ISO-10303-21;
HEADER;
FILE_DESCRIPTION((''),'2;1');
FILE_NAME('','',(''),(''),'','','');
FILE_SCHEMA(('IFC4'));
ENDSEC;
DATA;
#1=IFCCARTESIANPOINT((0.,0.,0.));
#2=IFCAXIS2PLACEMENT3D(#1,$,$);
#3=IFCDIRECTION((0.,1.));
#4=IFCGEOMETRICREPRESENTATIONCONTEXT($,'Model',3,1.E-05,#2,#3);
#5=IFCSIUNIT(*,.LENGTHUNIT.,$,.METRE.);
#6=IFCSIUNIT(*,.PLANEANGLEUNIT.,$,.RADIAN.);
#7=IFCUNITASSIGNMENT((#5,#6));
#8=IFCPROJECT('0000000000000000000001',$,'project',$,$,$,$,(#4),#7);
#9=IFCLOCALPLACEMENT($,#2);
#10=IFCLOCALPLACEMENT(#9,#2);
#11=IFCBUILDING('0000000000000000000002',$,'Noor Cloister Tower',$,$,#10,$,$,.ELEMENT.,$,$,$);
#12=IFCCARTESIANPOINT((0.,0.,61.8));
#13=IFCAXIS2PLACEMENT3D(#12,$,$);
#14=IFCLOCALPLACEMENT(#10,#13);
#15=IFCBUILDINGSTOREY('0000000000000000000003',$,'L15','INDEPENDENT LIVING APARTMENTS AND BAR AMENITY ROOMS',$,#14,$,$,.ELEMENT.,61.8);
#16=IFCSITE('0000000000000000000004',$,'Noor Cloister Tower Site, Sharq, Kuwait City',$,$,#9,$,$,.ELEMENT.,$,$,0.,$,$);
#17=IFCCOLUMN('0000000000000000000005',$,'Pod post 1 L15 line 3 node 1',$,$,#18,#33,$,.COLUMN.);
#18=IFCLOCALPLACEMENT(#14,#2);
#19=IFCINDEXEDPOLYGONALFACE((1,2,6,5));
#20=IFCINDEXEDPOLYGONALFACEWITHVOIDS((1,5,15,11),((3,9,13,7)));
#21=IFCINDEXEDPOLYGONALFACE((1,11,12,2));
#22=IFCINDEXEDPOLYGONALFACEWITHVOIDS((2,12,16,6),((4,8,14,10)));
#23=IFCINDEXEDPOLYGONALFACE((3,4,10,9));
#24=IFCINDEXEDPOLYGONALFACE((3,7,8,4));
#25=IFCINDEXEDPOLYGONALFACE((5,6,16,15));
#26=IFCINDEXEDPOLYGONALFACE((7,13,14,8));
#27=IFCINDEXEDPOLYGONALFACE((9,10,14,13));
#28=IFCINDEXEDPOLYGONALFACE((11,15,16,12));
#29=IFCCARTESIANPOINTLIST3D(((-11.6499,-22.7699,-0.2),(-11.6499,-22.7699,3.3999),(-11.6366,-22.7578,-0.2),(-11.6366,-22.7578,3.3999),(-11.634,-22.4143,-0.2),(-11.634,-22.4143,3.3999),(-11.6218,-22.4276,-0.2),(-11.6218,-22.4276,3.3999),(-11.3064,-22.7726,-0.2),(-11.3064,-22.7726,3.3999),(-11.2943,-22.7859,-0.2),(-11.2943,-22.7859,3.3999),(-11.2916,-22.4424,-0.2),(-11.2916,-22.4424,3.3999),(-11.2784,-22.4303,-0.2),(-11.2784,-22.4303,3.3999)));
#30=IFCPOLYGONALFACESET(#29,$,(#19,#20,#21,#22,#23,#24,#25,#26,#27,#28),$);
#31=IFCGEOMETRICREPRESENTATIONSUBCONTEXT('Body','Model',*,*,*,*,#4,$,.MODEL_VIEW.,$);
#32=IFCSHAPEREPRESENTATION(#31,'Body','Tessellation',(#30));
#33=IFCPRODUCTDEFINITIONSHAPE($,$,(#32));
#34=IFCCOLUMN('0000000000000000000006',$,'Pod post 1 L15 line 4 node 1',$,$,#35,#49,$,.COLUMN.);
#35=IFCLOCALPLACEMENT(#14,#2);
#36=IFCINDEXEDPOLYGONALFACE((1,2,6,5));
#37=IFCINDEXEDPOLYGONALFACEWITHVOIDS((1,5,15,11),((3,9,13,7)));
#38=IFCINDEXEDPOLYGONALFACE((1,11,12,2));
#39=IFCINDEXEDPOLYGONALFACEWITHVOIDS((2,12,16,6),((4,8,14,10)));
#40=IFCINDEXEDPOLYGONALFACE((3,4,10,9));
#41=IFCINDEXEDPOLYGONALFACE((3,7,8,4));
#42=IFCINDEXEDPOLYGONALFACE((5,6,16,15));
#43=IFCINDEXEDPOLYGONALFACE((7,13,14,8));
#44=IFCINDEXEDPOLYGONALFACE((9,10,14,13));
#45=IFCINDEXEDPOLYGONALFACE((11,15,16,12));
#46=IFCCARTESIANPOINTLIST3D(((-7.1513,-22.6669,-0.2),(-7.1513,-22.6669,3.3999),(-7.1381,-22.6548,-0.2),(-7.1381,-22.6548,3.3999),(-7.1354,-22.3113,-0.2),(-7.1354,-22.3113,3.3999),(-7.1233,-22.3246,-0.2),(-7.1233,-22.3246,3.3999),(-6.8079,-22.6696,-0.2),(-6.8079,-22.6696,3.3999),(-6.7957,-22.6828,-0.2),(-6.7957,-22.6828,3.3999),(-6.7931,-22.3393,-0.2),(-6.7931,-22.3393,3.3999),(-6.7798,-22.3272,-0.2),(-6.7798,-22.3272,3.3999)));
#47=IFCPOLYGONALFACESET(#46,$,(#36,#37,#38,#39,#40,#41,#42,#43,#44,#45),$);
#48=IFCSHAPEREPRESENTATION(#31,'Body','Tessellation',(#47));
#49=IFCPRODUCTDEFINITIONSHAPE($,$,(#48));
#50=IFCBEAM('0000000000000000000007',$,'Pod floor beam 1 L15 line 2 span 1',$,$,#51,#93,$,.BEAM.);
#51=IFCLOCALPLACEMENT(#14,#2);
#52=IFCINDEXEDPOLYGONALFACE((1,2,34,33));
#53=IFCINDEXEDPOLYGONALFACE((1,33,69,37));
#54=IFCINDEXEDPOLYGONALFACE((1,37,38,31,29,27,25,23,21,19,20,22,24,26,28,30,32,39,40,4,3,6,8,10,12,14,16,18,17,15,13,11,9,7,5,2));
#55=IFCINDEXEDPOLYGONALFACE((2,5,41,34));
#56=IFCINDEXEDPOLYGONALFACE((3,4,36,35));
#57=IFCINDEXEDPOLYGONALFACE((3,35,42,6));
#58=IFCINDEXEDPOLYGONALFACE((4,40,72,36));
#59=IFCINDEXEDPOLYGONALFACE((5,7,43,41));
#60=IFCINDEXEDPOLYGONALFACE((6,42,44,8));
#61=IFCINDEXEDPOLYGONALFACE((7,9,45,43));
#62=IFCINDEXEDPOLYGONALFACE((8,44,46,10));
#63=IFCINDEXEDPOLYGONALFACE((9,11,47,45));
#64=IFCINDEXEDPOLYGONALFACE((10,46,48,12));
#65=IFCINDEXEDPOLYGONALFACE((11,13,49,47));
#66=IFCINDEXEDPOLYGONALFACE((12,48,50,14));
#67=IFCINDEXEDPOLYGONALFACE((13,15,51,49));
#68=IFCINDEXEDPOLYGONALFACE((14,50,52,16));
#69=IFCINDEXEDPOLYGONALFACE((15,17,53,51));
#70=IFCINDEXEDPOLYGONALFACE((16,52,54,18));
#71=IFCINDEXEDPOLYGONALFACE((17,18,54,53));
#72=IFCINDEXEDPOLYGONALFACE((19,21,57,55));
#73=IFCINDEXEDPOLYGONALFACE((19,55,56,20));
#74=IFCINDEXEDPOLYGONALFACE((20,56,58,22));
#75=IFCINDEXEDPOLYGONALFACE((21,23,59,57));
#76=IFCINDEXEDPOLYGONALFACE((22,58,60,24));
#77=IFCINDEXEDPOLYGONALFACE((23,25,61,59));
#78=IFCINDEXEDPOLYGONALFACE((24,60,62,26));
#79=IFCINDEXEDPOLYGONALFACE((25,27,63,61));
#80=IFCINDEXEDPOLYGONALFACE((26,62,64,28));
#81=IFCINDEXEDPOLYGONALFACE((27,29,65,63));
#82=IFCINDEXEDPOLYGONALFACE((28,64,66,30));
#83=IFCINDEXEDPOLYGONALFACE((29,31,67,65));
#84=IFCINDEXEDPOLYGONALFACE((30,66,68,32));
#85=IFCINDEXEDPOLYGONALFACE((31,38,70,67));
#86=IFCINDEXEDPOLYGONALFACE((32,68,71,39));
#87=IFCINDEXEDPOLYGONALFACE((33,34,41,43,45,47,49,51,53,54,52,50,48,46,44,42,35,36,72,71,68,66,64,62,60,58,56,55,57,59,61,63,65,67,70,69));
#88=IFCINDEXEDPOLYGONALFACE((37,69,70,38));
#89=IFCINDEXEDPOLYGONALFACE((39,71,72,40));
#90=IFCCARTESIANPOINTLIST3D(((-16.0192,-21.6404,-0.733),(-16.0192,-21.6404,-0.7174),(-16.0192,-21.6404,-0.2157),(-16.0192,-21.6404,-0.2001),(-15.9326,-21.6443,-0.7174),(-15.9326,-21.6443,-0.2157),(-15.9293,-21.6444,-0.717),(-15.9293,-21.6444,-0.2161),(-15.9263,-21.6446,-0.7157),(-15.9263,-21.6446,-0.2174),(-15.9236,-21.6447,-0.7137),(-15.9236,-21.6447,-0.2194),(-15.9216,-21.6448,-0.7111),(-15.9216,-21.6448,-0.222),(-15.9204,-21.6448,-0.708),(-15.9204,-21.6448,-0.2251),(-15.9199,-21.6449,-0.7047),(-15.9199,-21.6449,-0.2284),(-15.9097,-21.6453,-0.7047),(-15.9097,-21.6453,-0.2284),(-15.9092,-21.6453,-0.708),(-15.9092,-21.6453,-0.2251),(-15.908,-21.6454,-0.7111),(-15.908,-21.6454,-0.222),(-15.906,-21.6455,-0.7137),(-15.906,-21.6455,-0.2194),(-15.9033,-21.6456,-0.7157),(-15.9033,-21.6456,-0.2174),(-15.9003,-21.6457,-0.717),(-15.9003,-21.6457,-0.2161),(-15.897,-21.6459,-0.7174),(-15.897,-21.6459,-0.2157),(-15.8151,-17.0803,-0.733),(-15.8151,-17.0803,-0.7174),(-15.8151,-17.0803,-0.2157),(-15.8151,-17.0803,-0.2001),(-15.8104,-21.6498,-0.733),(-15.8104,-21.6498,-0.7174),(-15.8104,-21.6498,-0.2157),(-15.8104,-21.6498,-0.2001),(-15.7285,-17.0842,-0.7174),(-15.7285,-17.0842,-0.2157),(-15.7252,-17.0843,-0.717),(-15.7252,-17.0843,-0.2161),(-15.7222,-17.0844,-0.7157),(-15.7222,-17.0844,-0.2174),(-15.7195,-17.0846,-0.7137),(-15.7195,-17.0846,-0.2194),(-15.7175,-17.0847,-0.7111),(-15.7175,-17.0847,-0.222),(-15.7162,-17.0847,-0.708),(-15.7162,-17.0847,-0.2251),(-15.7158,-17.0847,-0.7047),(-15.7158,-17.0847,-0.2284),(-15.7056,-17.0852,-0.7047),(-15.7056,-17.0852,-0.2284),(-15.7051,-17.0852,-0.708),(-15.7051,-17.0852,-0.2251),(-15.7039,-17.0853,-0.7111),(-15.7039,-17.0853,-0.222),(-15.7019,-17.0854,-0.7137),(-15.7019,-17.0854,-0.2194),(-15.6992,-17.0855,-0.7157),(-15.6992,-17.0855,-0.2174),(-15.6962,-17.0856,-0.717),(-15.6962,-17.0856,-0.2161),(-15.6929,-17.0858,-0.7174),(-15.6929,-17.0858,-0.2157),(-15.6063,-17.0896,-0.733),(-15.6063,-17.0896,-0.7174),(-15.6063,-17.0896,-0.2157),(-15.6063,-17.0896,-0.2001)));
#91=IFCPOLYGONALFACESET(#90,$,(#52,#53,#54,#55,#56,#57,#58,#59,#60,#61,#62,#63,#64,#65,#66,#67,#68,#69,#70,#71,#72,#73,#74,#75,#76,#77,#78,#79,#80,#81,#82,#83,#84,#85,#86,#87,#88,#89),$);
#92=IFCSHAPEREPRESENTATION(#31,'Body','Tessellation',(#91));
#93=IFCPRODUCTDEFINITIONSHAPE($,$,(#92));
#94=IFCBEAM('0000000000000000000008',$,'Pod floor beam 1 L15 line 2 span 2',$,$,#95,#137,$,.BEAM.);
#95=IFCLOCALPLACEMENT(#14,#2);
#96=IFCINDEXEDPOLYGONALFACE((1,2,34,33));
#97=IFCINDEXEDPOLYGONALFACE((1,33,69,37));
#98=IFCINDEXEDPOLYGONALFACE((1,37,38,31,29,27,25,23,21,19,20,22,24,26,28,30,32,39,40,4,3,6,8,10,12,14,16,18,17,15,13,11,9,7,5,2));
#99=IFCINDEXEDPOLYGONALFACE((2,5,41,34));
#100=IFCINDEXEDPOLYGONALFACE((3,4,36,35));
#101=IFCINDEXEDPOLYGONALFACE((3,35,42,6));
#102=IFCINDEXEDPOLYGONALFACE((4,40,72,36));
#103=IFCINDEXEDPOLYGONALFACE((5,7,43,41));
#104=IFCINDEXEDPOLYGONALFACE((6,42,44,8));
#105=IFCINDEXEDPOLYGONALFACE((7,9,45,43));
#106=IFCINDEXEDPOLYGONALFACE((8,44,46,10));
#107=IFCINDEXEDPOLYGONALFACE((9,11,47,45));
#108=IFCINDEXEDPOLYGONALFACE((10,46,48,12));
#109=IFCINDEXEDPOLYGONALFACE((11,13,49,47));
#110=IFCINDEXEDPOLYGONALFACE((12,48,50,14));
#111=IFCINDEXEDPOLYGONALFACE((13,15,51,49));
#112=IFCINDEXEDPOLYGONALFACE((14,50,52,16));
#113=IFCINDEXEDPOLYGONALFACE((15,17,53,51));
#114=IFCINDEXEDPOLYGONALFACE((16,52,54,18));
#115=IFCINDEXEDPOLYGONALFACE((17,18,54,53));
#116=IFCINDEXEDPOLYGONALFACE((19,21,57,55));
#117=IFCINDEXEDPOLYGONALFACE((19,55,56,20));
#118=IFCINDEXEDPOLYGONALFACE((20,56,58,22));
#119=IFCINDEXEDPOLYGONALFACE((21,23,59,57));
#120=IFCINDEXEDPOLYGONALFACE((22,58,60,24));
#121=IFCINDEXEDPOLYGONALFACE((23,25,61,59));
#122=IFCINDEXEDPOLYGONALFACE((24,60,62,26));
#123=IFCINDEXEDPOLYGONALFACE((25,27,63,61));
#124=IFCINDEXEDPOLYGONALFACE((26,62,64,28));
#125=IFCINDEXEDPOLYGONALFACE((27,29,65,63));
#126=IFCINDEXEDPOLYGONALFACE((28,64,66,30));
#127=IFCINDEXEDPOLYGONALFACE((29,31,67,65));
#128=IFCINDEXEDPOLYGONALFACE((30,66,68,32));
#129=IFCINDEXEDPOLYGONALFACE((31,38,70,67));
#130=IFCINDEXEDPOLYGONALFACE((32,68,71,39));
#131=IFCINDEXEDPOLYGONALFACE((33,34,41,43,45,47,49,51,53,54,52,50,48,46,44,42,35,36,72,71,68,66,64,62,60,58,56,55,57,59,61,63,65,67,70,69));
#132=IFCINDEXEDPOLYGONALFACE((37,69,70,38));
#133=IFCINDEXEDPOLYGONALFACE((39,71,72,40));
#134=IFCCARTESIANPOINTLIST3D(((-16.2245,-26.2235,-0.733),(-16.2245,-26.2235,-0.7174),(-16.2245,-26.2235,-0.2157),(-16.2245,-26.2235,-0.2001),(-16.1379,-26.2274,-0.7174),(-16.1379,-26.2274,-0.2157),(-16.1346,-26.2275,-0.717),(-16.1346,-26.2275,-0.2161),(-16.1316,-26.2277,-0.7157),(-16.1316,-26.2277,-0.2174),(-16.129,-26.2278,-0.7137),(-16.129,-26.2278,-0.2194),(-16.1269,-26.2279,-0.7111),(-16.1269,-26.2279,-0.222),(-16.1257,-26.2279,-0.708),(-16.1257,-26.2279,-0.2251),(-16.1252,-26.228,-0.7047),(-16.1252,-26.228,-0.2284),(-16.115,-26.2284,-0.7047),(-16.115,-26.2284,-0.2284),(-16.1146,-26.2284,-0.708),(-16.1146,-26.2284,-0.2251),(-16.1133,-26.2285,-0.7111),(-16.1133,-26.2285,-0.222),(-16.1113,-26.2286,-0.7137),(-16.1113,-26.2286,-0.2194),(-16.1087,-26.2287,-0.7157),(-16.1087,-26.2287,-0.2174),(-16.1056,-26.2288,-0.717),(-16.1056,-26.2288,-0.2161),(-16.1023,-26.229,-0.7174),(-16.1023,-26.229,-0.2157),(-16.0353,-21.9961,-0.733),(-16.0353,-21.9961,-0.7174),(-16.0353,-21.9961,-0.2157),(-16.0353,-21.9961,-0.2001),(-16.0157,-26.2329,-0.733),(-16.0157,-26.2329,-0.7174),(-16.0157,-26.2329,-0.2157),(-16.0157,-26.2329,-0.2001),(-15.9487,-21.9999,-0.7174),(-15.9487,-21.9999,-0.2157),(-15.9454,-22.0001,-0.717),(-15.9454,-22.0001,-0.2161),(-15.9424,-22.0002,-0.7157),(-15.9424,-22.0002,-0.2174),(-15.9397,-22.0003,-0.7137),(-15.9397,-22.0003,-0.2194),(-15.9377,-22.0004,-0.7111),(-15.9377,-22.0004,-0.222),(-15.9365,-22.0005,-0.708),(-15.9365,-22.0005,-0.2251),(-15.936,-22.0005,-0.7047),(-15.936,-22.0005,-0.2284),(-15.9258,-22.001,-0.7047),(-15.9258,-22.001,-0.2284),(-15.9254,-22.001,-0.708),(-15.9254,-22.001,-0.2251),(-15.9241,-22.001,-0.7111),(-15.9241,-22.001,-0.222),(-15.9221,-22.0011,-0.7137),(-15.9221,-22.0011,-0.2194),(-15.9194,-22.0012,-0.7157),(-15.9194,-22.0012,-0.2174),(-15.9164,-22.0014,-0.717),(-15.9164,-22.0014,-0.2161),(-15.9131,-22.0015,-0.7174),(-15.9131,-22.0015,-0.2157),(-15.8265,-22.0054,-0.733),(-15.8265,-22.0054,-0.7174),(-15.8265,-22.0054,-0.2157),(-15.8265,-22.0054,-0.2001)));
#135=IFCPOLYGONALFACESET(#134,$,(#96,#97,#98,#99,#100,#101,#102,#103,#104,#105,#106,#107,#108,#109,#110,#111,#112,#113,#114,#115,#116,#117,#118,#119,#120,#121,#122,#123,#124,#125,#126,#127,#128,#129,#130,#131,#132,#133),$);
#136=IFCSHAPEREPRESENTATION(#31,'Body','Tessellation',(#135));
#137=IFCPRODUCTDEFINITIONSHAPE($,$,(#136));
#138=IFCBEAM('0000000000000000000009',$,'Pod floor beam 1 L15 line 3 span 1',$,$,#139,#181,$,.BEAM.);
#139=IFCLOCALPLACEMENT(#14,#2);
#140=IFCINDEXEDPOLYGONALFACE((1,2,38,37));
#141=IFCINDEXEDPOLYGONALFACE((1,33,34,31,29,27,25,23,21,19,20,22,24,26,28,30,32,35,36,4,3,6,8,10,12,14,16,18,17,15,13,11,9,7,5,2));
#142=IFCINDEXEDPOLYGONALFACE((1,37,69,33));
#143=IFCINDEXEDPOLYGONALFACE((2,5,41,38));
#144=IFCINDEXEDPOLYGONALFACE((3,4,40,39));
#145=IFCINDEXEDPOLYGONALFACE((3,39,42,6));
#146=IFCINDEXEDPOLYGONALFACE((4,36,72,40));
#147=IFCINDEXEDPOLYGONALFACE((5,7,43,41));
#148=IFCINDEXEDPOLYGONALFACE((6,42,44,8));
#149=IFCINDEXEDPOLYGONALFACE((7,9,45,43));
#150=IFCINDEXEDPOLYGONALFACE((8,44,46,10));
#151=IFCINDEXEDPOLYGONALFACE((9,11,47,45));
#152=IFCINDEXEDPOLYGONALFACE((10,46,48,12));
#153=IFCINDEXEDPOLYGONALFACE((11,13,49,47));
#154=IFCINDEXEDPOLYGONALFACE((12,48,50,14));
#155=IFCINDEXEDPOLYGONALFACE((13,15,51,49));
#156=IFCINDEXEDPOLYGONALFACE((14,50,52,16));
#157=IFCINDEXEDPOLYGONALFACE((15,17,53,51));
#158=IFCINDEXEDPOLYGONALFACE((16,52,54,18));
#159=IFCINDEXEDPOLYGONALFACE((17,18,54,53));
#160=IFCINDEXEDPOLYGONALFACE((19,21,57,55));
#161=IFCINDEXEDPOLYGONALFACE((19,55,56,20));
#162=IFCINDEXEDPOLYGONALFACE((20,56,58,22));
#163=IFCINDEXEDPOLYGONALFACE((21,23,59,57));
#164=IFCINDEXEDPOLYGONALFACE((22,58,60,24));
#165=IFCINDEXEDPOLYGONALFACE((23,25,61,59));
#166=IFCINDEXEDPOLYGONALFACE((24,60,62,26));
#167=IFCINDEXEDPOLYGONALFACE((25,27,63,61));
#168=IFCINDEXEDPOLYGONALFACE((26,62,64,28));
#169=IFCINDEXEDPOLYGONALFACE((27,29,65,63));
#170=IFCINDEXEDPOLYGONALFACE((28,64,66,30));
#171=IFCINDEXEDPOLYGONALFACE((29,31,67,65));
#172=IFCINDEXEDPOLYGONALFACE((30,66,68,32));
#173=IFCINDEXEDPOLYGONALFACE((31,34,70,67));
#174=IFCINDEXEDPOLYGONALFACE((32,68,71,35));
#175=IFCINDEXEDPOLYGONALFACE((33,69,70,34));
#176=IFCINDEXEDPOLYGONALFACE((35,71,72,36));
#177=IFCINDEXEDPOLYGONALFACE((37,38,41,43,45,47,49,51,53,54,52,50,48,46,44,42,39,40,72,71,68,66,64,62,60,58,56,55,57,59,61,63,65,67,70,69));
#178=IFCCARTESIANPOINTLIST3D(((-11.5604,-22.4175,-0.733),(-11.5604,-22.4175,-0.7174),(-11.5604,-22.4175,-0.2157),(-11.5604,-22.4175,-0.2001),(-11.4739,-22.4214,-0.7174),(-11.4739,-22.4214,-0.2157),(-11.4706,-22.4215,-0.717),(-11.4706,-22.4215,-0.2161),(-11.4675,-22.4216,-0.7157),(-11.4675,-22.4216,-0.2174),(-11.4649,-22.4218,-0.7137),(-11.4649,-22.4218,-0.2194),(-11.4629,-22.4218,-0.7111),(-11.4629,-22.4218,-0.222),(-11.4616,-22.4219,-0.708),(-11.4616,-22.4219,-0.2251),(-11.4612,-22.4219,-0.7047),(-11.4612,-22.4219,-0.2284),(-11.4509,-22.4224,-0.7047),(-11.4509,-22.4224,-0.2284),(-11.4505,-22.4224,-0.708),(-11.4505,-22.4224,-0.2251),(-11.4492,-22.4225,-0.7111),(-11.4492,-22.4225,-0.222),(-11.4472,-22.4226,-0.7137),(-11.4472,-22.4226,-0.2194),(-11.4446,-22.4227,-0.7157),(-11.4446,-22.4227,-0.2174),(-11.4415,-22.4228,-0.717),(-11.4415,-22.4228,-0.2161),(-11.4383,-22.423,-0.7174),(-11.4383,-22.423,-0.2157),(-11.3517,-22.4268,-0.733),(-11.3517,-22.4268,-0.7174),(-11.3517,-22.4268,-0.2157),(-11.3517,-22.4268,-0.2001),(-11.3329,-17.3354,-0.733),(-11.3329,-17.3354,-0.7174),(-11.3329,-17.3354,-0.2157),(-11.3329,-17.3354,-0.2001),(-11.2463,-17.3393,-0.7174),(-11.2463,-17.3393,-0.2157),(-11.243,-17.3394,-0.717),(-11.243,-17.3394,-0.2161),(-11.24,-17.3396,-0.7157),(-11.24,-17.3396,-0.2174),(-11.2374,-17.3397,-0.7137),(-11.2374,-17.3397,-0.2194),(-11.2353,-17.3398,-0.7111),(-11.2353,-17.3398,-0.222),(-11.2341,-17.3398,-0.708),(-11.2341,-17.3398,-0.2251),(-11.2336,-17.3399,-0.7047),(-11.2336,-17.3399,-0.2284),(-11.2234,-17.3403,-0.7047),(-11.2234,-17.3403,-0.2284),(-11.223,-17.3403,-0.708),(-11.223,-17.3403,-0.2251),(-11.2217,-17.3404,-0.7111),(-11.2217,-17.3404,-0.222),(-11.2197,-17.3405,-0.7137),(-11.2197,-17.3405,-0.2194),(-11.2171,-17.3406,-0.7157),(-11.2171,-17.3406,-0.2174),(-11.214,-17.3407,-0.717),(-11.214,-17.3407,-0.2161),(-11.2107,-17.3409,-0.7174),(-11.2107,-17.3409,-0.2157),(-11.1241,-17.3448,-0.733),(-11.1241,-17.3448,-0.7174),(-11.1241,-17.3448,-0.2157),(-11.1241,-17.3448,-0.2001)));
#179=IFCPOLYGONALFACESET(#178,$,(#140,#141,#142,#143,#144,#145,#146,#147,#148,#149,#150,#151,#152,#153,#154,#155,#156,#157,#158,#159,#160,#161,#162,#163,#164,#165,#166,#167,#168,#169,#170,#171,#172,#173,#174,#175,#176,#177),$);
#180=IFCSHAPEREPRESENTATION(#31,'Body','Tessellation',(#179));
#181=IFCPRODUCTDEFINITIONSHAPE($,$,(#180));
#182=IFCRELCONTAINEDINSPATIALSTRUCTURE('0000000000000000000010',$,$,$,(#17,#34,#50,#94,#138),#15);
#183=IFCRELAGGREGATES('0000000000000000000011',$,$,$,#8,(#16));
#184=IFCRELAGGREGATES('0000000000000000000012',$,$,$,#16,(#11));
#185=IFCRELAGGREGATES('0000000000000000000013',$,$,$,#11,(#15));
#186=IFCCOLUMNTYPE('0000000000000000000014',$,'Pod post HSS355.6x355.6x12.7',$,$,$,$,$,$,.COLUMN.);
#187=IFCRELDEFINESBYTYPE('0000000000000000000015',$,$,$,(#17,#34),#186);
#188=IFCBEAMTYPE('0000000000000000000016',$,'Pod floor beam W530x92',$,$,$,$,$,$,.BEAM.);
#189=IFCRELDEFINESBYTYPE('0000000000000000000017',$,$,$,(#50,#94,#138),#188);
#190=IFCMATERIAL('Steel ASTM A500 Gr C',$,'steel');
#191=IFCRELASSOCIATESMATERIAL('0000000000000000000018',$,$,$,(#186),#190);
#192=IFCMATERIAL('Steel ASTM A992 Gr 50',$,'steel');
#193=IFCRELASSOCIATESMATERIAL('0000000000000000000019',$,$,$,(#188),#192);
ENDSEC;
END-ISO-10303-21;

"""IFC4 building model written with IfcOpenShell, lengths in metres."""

from ifc_helpers import new_model, si_unit, direction, frame, origin, origin_2d, place, context, subcontext, project, spatial, hollow_rectangle, i_section, extrude, material, material_profile, profile_set, type_object, element, save


model = new_model("IFC4")

# Units and contexts
model_context = context("Model", 3, precision=1e-05, world=origin(), true_north=direction((0.0, 1.0)))
body_context = subcontext(model_context, "Body", "Model", "MODEL_VIEW")
ifc_project = project(units=[si_unit("LENGTHUNIT", "METRE"), si_unit("PLANEANGLEUNIT", "RADIAN")], contexts=[model_context])

# Site, building, storey
site_placement = place(None, origin())
site = spatial("IfcSite", under=ifc_project, at=site_placement, Name="Noor Cloister Tower Site, Sharq, Kuwait City", CompositionType="ELEMENT", RefElevation=0.0)
building_placement = place(site_placement, origin())
building = spatial("IfcBuilding", under=site, at=building_placement, Name="Noor Cloister Tower", CompositionType="ELEMENT")
storey_placement = place(building_placement, frame((0.0, 0.0, 61.8)))
storey = spatial("IfcBuildingStorey", under=building, at=storey_placement, Name="L15", Description="INDEPENDENT LIVING APARTMENTS AND BAR AMENITY ROOMS", CompositionType="ELEMENT", Elevation=61.8)

# Columns
ifc_material_1 = material(Name="Steel ASTM A500 Gr C", Category="steel")
ifc_material_profile_1 = material_profile(ifc_material_1, hollow_rectangle(XDim=0.356, YDim=0.356, WallThickness=0.0127, at=origin_2d()), Name="HSS355.6x355.6x12.7")
ifc_profile_set_1 = profile_set([ifc_material_profile_1], Name="Steel ASTM A500 Gr C")
column_type_1 = type_object("IfcColumnType", Name="Pod post HSS355.6x355.6x12.7", PredefinedType="COLUMN", material=ifc_profile_set_1)
for number, where, z_axis, x_axis, name in (
    (1, (-11.4641, -22.6001, -0.2), (0.0, 0.0, 1.0), (-0.044724, -0.998999, 0.0), "Pod post 1 L15 line 3 node 1"),
    (2, (-6.9656, -22.4971, -0.2), (0.0, 0.0, 1.0), (-0.044724, -0.998999, 0.0), "Pod post 1 L15 line 4 node 1"),
):
    element("IfcColumn", number, at=place(storey_placement, frame(where, z_axis=z_axis, x_axis=x_axis)), inside=storey, type_object=column_type_1, Name=name, PredefinedType="COLUMN", context=body_context, shape_type="SweptSolid", body=[
        extrude(hollow_rectangle(XDim=0.356, YDim=0.356, WallThickness=0.0127, at=origin_2d()), origin(), (0.0, 0.0, 1.0), 3.5999),
    ])

# Beams
ifc_material_2 = material(Name="Steel ASTM A992 Gr 50", Category="steel")
ifc_material_profile_2 = material_profile(ifc_material_2, i_section(OverallWidth=0.209, OverallDepth=0.533, WebThickness=0.0103, FlangeThickness=0.0156, FilletRadius=0.0127, at=origin_2d()), Name="W530x92")
ifc_profile_set_2 = profile_set([ifc_material_profile_2], Name="Steel ASTM A992 Gr 50")
beam_type_1 = type_object("IfcBeamType", Name="Pod floor beam W530x92", PredefinedType="BEAM", material=ifc_profile_set_2)
beam_1_placement = place(storey_placement, frame((-15.7107, -17.085, -0.4666), z_axis=(-0.044714, -0.999, 0.0), x_axis=(0.999, -0.044714, 0.0)))
element("IfcBeam", 3, at=beam_1_placement, inside=storey, type_object=beam_type_1, Name="Pod floor beam 1 L15 line 2 span 1", PredefinedType="BEAM", context=body_context, shape_type="SweptSolid", body=[
    extrude(i_section(OverallWidth=0.209, OverallDepth=0.533, WebThickness=0.0103, FlangeThickness=0.0156, FilletRadius=0.0127, at=origin_2d()), origin(), (0.0, 0.0, 1.0), 4.5647),
])
beam_2_placement = place(storey_placement, frame((-15.9309, -22.0007, -0.4666), z_axis=(-0.044712, -0.999, 0.0), x_axis=(0.999, -0.044712, 0.0)))
element("IfcBeam", 4, at=beam_2_placement, inside=storey, type_object=beam_type_1, Name="Pod floor beam 1 L15 line 2 span 2", PredefinedType="BEAM", context=body_context, shape_type="SweptSolid", body=[
    extrude(i_section(OverallWidth=0.209, OverallDepth=0.533, WebThickness=0.0103, FlangeThickness=0.0156, FilletRadius=0.0127, at=origin_2d()), origin(), (0.0, 0.0, 1.0), 4.2317),
])
beam_3_placement = place(storey_placement, frame((-11.2285, -17.3401, -0.4666), z_axis=(-0.044728, -0.998999, 0.0), x_axis=(0.998999, -0.044728, 0.0)))
element("IfcBeam", 5, at=beam_3_placement, inside=storey, type_object=beam_type_1, Name="Pod floor beam 1 L15 line 3 span 1", PredefinedType="BEAM", context=body_context, shape_type="SweptSolid", body=[
    extrude(i_section(OverallWidth=0.209, OverallDepth=0.533, WebThickness=0.0103, FlangeThickness=0.0156, FilletRadius=0.0127, at=origin_2d()), origin(), (0.0, 0.0, 1.0), 5.0872),
])

save(model, "model.ifc")
